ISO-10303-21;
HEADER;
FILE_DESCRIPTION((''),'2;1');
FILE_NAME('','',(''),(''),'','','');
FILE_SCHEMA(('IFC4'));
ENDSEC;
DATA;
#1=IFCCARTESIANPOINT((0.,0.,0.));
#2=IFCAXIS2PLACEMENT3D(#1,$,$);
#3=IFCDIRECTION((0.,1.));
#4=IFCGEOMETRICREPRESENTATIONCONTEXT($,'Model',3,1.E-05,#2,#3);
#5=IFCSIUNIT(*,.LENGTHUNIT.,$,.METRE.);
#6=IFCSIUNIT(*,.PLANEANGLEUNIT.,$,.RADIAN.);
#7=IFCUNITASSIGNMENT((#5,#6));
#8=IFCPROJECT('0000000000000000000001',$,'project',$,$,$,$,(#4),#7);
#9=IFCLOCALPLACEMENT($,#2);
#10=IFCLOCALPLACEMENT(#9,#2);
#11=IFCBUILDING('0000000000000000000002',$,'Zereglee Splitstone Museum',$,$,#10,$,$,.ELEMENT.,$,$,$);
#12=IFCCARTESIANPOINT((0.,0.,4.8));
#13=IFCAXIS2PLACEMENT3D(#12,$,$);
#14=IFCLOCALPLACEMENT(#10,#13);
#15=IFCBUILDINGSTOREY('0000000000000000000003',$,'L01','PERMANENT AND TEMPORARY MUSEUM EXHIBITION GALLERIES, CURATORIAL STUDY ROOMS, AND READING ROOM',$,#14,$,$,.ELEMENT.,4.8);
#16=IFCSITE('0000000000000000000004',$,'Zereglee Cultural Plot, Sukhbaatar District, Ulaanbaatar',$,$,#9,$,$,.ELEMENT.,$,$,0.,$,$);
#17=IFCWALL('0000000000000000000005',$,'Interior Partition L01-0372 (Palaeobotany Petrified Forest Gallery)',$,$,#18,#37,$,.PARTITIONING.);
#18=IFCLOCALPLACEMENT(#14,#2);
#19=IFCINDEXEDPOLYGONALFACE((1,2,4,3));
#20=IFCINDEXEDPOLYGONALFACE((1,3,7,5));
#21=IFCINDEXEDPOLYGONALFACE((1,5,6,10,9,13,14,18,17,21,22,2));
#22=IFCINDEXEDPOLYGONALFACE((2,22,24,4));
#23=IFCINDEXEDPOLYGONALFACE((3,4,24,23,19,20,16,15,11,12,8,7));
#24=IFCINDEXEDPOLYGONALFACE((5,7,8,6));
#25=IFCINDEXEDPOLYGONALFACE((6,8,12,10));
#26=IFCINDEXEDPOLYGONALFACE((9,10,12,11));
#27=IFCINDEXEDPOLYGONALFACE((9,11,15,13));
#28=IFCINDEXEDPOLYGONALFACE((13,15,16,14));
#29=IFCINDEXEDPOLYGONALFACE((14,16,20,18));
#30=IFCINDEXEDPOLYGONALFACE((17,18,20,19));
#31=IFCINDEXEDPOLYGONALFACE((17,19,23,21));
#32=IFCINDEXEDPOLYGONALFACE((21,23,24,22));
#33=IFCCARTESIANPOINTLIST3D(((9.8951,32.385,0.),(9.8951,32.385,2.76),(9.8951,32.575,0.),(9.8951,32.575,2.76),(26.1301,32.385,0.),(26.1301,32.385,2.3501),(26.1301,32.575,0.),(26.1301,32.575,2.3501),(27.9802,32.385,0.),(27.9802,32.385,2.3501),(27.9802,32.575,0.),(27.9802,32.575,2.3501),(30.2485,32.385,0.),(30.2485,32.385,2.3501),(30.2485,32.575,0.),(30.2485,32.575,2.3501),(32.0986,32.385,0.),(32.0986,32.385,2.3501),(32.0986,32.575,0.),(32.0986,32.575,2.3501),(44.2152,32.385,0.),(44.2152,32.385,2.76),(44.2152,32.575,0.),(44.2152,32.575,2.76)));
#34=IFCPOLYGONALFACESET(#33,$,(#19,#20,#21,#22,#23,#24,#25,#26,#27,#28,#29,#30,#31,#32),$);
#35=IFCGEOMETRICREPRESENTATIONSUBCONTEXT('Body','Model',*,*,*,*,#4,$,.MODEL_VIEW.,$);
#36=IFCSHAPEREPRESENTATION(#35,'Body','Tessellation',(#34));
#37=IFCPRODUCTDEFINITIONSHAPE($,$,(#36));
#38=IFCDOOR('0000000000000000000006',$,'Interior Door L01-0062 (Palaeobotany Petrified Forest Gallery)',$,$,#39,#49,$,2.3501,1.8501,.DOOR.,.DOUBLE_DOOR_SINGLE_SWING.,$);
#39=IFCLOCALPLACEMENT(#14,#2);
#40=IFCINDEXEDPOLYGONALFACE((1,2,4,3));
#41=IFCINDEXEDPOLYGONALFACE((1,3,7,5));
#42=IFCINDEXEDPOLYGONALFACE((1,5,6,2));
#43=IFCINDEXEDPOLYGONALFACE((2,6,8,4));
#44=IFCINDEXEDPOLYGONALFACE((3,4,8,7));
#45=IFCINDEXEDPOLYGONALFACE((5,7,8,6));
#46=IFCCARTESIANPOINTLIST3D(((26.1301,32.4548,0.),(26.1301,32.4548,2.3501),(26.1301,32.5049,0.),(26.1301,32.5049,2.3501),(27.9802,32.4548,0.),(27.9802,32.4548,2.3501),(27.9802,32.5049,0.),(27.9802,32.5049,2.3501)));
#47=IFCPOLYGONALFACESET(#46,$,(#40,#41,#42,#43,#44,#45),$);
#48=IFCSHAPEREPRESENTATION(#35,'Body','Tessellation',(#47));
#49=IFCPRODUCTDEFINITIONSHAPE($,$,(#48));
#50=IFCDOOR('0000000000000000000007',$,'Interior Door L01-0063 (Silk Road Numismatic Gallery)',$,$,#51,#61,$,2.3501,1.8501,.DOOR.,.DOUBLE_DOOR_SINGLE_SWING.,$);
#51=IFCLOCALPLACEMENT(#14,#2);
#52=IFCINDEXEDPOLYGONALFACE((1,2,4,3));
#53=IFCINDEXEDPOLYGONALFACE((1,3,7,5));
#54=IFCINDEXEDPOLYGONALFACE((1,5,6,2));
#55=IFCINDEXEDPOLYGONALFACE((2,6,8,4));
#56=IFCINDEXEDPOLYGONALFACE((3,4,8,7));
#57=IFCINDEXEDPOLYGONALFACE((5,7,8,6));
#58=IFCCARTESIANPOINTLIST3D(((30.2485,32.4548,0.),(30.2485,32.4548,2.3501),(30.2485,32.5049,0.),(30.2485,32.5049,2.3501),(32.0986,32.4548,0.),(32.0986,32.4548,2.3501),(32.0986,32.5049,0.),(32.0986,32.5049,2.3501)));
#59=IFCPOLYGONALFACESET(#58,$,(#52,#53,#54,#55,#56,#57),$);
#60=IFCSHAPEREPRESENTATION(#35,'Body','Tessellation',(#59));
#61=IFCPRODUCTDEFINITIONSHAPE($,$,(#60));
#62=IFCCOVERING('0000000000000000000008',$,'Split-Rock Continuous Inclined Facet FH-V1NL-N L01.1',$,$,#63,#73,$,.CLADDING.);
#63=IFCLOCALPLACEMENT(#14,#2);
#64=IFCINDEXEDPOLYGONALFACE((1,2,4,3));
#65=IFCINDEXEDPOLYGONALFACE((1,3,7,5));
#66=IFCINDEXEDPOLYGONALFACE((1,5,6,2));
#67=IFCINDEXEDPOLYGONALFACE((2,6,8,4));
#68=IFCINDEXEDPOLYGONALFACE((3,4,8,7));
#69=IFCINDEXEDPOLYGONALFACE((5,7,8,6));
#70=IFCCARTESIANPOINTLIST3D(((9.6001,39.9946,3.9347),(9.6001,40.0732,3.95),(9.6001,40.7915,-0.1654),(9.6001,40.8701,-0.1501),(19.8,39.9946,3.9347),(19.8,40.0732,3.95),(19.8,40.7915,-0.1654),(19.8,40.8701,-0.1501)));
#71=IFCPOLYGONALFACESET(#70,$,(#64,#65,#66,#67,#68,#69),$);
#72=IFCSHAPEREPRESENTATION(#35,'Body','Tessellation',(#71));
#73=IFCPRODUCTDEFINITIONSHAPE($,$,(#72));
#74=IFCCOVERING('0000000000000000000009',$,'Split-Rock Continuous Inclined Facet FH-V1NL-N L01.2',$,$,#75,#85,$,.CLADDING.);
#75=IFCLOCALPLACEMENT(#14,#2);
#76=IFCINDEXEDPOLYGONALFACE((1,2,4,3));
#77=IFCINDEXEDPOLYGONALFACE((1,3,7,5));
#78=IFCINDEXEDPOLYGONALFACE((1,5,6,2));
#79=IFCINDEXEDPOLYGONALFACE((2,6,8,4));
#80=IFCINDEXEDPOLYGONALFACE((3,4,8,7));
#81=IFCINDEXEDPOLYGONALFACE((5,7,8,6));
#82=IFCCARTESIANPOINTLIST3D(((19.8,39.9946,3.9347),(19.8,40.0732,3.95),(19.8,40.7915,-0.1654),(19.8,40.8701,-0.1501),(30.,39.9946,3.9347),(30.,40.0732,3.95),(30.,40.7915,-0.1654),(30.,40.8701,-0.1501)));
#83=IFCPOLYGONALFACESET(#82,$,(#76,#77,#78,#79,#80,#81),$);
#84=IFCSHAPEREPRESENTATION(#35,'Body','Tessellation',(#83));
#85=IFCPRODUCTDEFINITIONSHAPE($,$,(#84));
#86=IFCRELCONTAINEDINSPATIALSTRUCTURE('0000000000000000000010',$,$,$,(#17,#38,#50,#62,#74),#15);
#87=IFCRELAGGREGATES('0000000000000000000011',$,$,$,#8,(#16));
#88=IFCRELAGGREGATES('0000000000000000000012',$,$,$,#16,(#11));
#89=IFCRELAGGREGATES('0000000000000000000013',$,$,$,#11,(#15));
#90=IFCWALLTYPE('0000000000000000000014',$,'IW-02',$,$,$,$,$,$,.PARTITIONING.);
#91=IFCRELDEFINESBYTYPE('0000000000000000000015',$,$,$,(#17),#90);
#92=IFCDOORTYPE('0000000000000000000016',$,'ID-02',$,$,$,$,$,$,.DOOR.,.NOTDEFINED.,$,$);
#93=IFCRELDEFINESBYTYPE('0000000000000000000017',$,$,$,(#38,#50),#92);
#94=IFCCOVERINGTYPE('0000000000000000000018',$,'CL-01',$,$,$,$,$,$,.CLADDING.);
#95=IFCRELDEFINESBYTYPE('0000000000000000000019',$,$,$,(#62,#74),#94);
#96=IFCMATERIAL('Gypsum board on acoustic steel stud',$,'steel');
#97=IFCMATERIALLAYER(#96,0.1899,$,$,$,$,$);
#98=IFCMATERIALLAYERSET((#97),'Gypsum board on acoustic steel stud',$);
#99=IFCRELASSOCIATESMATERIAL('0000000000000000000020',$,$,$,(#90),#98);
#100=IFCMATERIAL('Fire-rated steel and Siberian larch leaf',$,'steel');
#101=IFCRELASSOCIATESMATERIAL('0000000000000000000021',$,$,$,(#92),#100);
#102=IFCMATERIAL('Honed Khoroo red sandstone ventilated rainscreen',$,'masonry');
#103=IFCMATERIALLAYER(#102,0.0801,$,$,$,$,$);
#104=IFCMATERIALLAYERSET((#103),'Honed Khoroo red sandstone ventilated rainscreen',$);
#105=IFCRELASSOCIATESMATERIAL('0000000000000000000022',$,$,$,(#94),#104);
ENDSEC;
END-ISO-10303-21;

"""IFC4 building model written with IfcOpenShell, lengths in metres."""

from ifc_helpers import new_model, si_unit, direction, frame, frame_2d, origin, place, context, subcontext, project, spatial, polyline, rectangle, outline, extrude, material, layer, layer_set, type_object, element, fill, save


model = new_model("IFC4")

# Units and contexts
model_context = context("Model", 3, precision=1e-05, world=origin(), true_north=direction((0.0, 1.0)))
body_context = subcontext(model_context, "Body", "Model", "MODEL_VIEW")
ifc_project = project(units=[si_unit("LENGTHUNIT", "METRE"), si_unit("PLANEANGLEUNIT", "RADIAN")], contexts=[model_context])

# Site, building, storey
site_placement = place(None, origin())
site = spatial("IfcSite", under=ifc_project, at=site_placement, Name="Zereglee Cultural Plot, Sukhbaatar District, Ulaanbaatar", CompositionType="ELEMENT", RefElevation=0.0)
building_placement = place(site_placement, origin())
building = spatial("IfcBuilding", under=site, at=building_placement, Name="Zereglee Splitstone Museum", CompositionType="ELEMENT")
storey_placement = place(building_placement, frame((0.0, 0.0, 4.8)))
storey = spatial("IfcBuildingStorey", under=building, at=storey_placement, Name="L01", Description="PERMANENT AND TEMPORARY MUSEUM EXHIBITION GALLERIES, CURATORIAL STUDY ROOMS, AND READING ROOM", CompositionType="ELEMENT", Elevation=4.8)

# Wall, openings, doors
ifc_material_1 = material(Name="Gypsum board on acoustic steel stud", Category="steel")
ifc_layer_1 = layer(ifc_material_1, 0.1899)
ifc_layer_set_1 = layer_set([ifc_layer_1], Name="Gypsum board on acoustic steel stud")
wall_type_1 = type_object("IfcWallType", Name="IW-02", PredefinedType="PARTITIONING", material=ifc_layer_set_1)
wall_1_placement = place(storey_placement, frame((9.895, 32.48, 0.0), z_axis=(0.0, 0.0, 1.0), x_axis=(1.0, 0.0, 0.0)))
wall_1 = element("IfcWall", 1, at=wall_1_placement, inside=storey, type_object=wall_type_1, Name="Interior Partition L01-0372 (Palaeobotany Petrified Forest Gallery)", PredefinedType="PARTITIONING", context=body_context, shape_type="SweptSolid", body=[
    extrude(rectangle(XDim=34.3201, YDim=0.1899, at=frame_2d((17.1602, 0.0))), origin(), (0.0, 0.0, 1.0), 2.76),
])
opening_1_placement = place(wall_1_placement, frame((16.2351, 0.0, 0.0)))
opening_1 = element("IfcOpeningElement", 2, at=opening_1_placement, cuts=wall_1, PredefinedType="OPENING", context=body_context, shape_type="SweptSolid", body=[
    extrude(rectangle(XDim=1.8501, YDim=2.3501, at=frame_2d((0.925, 1.175))), frame((0.0, 0.1099, 0.0), z_axis=(0.0, -1.0, 0.0), x_axis=(1.0, 0.0, 0.0)), (0.0, 0.0, 1.0), 0.2197),
])
opening_2_placement = place(wall_1_placement, frame((20.3535, 0.0, 0.0)))
opening_2 = element("IfcOpeningElement", 3, at=opening_2_placement, cuts=wall_1, PredefinedType="OPENING", context=body_context, shape_type="SweptSolid", body=[
    extrude(rectangle(XDim=1.8501, YDim=2.3501, at=frame_2d((0.925, 1.175))), frame((0.0, 0.1099, 0.0), z_axis=(0.0, -1.0, 0.0), x_axis=(1.0, 0.0, 0.0)), (0.0, 0.0, 1.0), 0.2197),
])
ifc_material_2 = material(Name="Fire-rated steel and Siberian larch leaf", Category="steel")
door_type = type_object("IfcDoorType", Name="ID-02", OperationType="NOTDEFINED", PredefinedType="DOOR", material=ifc_material_2)
door_1_placement = place(opening_1_placement, origin())
door_1 = element("IfcDoor", 4, at=door_1_placement, inside=storey, type_object=door_type, Name="Interior Door L01-0062 (Palaeobotany Petrified Forest Gallery)", OperationType="DOUBLE_DOOR_SINGLE_SWING", OverallHeight=2.3501, OverallWidth=1.8501, PredefinedType="DOOR", context=body_context, shape_type="SweptSolid", body=[
    extrude(rectangle(XDim=1.8501, YDim=2.3501, at=frame_2d((0.925, 1.175))), frame((0.0, 0.0249, 0.0), z_axis=(0.0, -1.0, 0.0), x_axis=(1.0, 0.0, 0.0)), (0.0, 0.0, 1.0), 0.05),
])
fill(opening_1, door_1)
door_2_placement = place(opening_2_placement, origin())
door_2 = element("IfcDoor", 5, at=door_2_placement, inside=storey, type_object=door_type, Name="Interior Door L01-0063 (Silk Road Numismatic Gallery)", OperationType="DOUBLE_DOOR_SINGLE_SWING", OverallHeight=2.3501, OverallWidth=1.8501, PredefinedType="DOOR", context=body_context, shape_type="SweptSolid", body=[
    extrude(rectangle(XDim=1.8501, YDim=2.3501, at=frame_2d((0.925, 1.175))), frame((0.0, 0.0249, 0.0), z_axis=(0.0, -1.0, 0.0), x_axis=(1.0, 0.0, 0.0)), (0.0, 0.0, 1.0), 0.05),
])
fill(opening_2, door_2)

# Coverings
ifc_material_3 = material(Name="Honed Khoroo red sandstone ventilated rainscreen", Category="masonry")
ifc_layer_2 = layer(ifc_material_3, 0.0801)
ifc_layer_set_2 = layer_set([ifc_layer_2], Name="Honed Khoroo red sandstone ventilated rainscreen")
covering_type = type_object("IfcCoveringType", Name="CL-01", PredefinedType="CLADDING", material=ifc_layer_set_2)
for number, where, z_axis, x_axis, name in (
    (6, (9.6001, 40.0732, 3.95), (0.0, 0.981632, 0.190785), (1.0, 0.0, 0.0), "Split-Rock Continuous Inclined Facet FH-V1NL-N L01.1"),
    (7, (19.8, 40.0732, 3.95), (0.0, 0.981632, 0.190785), (1.0, 0.0, 0.0), "Split-Rock Continuous Inclined Facet FH-V1NL-N L01.2"),
):
    element("IfcCovering", number, at=place(storey_placement, frame(where, z_axis=z_axis, x_axis=x_axis)), inside=storey, type_object=covering_type, Name=name, PredefinedType="CLADDING", context=body_context, shape_type="SweptSolid", body=[
        extrude(outline(polyline([(0.0, 0.0), (10.2, 0.0), (10.2, 4.1768), (0.0, 4.1768), (0.0, 0.0)])), origin(), (0.0, 0.0, -1.0), 0.0801),
    ])

save(model, "model.ifc")
